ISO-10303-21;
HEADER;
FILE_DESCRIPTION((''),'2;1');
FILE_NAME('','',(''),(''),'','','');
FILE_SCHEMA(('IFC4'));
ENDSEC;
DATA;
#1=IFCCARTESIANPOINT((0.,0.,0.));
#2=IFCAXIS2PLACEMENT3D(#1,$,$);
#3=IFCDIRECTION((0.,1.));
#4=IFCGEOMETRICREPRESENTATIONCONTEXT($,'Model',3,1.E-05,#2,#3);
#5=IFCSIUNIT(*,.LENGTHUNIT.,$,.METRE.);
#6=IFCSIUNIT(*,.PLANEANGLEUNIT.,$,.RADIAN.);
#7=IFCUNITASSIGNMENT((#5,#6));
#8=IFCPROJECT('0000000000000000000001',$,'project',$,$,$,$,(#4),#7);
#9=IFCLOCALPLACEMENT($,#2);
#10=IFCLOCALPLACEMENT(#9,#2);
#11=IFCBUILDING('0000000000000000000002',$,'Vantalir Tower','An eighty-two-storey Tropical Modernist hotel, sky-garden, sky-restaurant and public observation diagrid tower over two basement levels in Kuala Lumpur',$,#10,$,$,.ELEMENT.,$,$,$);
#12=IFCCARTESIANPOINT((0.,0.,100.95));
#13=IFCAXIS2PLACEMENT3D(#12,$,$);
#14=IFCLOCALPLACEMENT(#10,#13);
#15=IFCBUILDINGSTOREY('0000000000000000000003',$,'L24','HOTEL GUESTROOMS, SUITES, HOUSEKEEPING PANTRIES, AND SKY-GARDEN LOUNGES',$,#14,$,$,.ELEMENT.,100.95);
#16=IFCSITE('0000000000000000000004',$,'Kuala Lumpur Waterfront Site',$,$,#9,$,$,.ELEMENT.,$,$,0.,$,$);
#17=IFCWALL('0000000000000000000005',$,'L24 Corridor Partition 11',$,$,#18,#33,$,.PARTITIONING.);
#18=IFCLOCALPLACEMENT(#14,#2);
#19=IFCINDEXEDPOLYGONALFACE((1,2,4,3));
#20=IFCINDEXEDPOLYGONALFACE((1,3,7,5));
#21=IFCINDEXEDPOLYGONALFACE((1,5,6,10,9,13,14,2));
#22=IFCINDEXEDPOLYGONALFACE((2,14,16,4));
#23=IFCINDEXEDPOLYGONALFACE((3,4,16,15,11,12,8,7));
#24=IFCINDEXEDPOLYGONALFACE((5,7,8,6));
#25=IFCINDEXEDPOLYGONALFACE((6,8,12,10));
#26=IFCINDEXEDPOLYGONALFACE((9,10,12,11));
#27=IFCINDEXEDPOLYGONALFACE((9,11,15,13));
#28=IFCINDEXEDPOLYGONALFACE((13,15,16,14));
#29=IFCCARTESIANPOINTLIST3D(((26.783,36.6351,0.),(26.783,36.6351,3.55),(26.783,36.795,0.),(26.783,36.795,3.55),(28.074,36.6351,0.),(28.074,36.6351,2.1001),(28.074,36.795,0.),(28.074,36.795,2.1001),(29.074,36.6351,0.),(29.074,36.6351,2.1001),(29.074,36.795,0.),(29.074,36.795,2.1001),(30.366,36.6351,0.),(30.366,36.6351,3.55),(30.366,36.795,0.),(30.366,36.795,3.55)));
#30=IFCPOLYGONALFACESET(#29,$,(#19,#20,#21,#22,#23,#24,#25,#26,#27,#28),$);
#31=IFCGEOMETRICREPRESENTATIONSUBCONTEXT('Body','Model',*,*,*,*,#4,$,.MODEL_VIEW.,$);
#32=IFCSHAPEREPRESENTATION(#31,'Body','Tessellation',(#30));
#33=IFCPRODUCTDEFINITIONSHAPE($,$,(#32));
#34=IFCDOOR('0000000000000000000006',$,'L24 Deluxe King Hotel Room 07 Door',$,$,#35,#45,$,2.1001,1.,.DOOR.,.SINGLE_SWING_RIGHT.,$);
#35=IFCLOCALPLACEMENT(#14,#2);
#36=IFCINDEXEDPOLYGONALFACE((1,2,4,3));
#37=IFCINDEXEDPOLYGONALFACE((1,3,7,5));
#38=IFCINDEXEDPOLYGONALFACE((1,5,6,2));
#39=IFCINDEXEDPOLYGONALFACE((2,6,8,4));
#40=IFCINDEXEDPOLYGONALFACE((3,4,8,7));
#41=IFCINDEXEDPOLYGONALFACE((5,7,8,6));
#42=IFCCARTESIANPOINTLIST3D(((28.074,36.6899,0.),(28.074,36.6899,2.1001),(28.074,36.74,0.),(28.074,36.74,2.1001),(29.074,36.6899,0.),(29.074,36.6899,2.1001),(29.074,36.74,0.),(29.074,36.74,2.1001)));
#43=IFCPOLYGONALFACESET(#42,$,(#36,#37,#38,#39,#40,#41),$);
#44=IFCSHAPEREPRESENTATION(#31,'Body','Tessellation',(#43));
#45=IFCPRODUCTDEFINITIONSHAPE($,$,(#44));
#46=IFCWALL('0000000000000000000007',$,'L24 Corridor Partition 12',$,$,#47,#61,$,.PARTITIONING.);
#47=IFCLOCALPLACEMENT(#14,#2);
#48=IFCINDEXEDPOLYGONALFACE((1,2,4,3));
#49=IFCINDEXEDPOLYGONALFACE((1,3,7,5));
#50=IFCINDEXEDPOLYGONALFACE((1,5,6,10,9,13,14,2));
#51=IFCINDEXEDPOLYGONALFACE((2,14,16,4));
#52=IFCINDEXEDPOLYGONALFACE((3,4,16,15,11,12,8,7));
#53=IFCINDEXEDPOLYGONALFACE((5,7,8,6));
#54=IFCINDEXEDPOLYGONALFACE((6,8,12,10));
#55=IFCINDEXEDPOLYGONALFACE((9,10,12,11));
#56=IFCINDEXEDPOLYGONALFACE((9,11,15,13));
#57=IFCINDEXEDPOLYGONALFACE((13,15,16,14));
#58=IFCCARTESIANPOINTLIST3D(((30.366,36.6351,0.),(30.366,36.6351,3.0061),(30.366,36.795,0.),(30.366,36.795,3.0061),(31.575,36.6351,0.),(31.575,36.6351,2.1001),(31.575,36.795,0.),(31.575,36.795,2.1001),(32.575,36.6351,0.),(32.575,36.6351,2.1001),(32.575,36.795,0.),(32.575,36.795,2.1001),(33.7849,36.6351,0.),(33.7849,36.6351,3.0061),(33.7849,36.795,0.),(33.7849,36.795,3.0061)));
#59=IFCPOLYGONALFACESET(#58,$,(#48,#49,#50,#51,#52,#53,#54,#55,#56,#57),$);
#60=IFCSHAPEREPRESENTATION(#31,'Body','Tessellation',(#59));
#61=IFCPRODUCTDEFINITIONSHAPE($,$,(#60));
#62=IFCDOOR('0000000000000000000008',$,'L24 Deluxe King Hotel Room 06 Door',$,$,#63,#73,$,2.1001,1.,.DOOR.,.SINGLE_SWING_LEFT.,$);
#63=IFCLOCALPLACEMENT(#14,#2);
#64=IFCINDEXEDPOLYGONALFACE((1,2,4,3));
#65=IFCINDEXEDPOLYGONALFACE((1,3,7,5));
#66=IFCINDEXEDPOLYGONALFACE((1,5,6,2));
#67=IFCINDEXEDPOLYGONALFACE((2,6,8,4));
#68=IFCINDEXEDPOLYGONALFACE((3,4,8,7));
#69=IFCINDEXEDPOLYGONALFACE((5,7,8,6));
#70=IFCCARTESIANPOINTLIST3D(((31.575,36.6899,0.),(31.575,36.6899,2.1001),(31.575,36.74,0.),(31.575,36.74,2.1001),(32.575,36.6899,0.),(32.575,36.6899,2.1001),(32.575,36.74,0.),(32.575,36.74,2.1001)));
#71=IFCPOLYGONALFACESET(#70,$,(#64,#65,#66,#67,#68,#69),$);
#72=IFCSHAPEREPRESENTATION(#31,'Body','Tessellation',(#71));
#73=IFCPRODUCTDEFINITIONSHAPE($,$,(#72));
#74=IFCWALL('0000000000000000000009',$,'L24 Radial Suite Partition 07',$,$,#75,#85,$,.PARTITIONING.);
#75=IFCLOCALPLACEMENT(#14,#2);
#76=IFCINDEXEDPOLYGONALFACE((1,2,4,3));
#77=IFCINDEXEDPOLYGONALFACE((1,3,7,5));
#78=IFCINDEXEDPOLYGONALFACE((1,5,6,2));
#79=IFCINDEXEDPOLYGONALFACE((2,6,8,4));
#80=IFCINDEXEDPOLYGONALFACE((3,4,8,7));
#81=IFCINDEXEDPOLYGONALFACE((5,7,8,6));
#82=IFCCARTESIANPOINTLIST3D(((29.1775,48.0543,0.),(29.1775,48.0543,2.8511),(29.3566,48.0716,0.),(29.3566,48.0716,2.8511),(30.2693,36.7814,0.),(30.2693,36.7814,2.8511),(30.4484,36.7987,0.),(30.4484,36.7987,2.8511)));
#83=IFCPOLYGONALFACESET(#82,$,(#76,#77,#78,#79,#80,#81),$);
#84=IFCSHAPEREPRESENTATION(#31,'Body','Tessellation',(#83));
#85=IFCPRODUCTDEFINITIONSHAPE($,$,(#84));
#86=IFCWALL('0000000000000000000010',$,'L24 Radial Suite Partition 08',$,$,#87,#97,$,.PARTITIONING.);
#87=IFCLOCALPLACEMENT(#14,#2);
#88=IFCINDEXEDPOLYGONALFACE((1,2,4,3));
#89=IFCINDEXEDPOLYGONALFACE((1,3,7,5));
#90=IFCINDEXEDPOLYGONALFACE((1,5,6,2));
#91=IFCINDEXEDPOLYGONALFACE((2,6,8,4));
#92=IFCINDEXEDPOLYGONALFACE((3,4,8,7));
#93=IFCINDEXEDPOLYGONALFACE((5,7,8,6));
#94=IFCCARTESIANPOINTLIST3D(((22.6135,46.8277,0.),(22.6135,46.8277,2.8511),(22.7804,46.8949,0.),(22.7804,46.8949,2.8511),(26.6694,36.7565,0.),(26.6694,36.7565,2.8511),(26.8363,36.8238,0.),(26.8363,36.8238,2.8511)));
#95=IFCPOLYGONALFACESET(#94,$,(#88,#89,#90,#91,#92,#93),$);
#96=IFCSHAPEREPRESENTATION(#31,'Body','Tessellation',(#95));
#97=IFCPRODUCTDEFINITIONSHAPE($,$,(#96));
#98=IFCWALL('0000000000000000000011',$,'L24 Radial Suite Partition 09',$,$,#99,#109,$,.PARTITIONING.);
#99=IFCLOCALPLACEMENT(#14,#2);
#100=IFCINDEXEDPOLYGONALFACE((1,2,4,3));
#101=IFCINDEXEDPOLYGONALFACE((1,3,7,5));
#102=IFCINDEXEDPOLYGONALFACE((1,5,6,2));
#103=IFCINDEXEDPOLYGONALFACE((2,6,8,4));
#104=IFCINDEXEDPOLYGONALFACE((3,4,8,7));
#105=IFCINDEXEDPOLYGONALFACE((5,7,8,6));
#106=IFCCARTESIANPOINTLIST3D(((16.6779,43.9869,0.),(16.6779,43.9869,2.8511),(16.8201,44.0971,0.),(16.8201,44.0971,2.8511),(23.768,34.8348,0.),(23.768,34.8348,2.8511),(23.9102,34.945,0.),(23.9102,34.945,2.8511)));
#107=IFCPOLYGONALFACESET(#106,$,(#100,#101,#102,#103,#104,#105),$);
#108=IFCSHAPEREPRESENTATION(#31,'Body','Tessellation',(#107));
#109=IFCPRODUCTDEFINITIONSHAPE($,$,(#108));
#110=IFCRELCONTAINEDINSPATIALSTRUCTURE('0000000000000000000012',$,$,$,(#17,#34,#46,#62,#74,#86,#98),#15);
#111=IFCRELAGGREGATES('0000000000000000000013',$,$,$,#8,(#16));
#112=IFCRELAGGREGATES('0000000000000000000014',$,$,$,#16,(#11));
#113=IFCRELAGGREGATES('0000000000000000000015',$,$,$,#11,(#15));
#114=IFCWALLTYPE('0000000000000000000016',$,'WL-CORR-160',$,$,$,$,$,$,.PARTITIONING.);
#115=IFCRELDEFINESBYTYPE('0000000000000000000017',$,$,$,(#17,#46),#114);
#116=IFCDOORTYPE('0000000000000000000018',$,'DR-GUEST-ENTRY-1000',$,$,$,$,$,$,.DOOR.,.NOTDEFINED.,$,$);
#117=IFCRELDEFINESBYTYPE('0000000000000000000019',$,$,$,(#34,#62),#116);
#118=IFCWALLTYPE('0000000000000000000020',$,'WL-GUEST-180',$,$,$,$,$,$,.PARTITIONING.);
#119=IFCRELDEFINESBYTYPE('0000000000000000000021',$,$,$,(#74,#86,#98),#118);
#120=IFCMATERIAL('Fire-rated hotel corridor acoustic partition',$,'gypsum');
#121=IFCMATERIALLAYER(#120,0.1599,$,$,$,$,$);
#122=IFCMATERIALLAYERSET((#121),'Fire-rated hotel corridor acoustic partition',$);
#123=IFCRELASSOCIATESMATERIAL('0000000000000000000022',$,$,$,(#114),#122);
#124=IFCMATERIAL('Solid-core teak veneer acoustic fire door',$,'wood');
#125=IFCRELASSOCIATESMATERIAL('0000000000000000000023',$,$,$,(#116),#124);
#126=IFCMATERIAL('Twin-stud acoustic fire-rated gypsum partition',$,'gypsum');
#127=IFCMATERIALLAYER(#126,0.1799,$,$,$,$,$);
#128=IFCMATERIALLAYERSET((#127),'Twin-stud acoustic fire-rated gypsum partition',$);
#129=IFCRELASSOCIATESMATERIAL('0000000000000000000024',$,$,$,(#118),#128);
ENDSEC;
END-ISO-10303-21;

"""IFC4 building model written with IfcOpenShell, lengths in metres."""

from ifc_helpers import new_model, si_unit, direction, frame, frame_2d, origin, place, context, subcontext, project, spatial, rectangle, extrude, material, layer, layer_set, type_object, element, fill, save


model = new_model("IFC4")

# Units and contexts
model_context = context("Model", 3, precision=1e-05, world=origin(), true_north=direction((0.0, 1.0)))
body_context = subcontext(model_context, "Body", "Model", "MODEL_VIEW")
ifc_project = project(units=[si_unit("LENGTHUNIT", "METRE"), si_unit("PLANEANGLEUNIT", "RADIAN")], contexts=[model_context])

# Site, building, storey
site_placement = place(None, origin())
site = spatial("IfcSite", under=ifc_project, at=site_placement, Name="Kuala Lumpur Waterfront Site", CompositionType="ELEMENT", RefElevation=0.0)
building_placement = place(site_placement, origin())
building = spatial("IfcBuilding", under=site, at=building_placement, Name="Vantalir Tower", Description="An eighty-two-storey Tropical Modernist hotel, sky-garden, sky-restaurant and public observation diagrid tower over two basement levels in Kuala Lumpur", CompositionType="ELEMENT")
storey_placement = place(building_placement, frame((0.0, 0.0, 100.95)))
storey = spatial("IfcBuildingStorey", under=building, at=storey_placement, Name="L24", Description="HOTEL GUESTROOMS, SUITES, HOUSEKEEPING PANTRIES, AND SKY-GARDEN LOUNGES", CompositionType="ELEMENT", Elevation=100.95)

# Shared definitions
ifc_material_1 = material(Name="Fire-rated hotel corridor acoustic partition", Category="gypsum")
ifc_layer_1 = layer(ifc_material_1, 0.1599)
ifc_layer_set_1 = layer_set([ifc_layer_1], Name="Fire-rated hotel corridor acoustic partition")
wall_type_1 = type_object("IfcWallType", Name="WL-CORR-160", PredefinedType="PARTITIONING", material=ifc_layer_set_1)

# Shared definitions
ifc_material_2 = material(Name="Solid-core teak veneer acoustic fire door", Category="wood")
door_type_1 = type_object("IfcDoorType", Name="DR-GUEST-ENTRY-1000", OperationType="NOTDEFINED", PredefinedType="DOOR", material=ifc_material_2)

# Walls, openings, doors
wall_1_placement = place(storey_placement, frame((26.783, 36.7151, 0.0), z_axis=(0.0, 0.0, 1.0), x_axis=(1.0, 0.0, 0.0)))
wall_1 = element("IfcWall", 1, at=wall_1_placement, inside=storey, type_object=wall_type_1, Name="L24 Corridor Partition 11", PredefinedType="PARTITIONING", context=body_context, shape_type="SweptSolid", body=[
    extrude(rectangle(XDim=3.583, YDim=0.1599, at=frame_2d((1.7915, 0.0))), origin(), (0.0, 0.0, 1.0), 3.55),
])
opening_1_placement = place(wall_1_placement, frame((1.291, 0.0, 0.0)))
opening_1 = element("IfcOpeningElement", 2, at=opening_1_placement, cuts=wall_1, PredefinedType="OPENING", context=body_context, shape_type="SweptSolid", body=[
    extrude(rectangle(XDim=1.0, YDim=2.1001, at=frame_2d((0.5, 1.05))), frame((0.0, 0.0898, 0.0), z_axis=(0.0, -1.0, 0.0), x_axis=(1.0, 0.0, 0.0)), (0.0, 0.0, 1.0), 0.1799),
])
door_1_placement = place(opening_1_placement, origin())
door_1 = element("IfcDoor", 3, at=door_1_placement, inside=storey, type_object=door_type_1, Name="L24 Deluxe King Hotel Room 07 Door", OperationType="SINGLE_SWING_RIGHT", OverallHeight=2.1001, OverallWidth=1.0, PredefinedType="DOOR", context=body_context, shape_type="SweptSolid", body=[
    extrude(rectangle(XDim=1.0, YDim=2.1001, at=frame_2d((0.5, 1.05))), frame((0.0, 0.0249, 0.0), z_axis=(0.0, -1.0, 0.0), x_axis=(1.0, 0.0, 0.0)), (0.0, 0.0, 1.0), 0.05),
])
fill(opening_1, door_1)
wall_2_placement = place(storey_placement, frame((30.366, 36.7151, 0.0), z_axis=(0.0, 0.0, 1.0), x_axis=(1.0, 0.0, 0.0)))
wall_2 = element("IfcWall", 4, at=wall_2_placement, inside=storey, type_object=wall_type_1, Name="L24 Corridor Partition 12", PredefinedType="PARTITIONING", context=body_context, shape_type="SweptSolid", body=[
    extrude(rectangle(XDim=3.4189, YDim=0.1599, at=frame_2d((1.7095, 0.0))), origin(), (0.0, 0.0, 1.0), 3.0061),
])
opening_2_placement = place(wall_2_placement, frame((1.209, 0.0, 0.0)))
opening_2 = element("IfcOpeningElement", 5, at=opening_2_placement, cuts=wall_2, PredefinedType="OPENING", context=body_context, shape_type="SweptSolid", body=[
    extrude(rectangle(XDim=1.0, YDim=2.1001, at=frame_2d((0.5, 1.05))), frame((0.0, 0.0898, 0.0), z_axis=(0.0, -1.0, 0.0), x_axis=(1.0, 0.0, 0.0)), (0.0, 0.0, 1.0), 0.1799),
])
door_2_placement = place(opening_2_placement, origin())
door_2 = element("IfcDoor", 6, at=door_2_placement, inside=storey, type_object=door_type_1, Name="L24 Deluxe King Hotel Room 06 Door", OperationType="SINGLE_SWING_LEFT", OverallHeight=2.1001, OverallWidth=1.0, PredefinedType="DOOR", context=body_context, shape_type="SweptSolid", body=[
    extrude(rectangle(XDim=1.0, YDim=2.1001, at=frame_2d((0.5, 1.05))), frame((0.0, 0.0249, 0.0), z_axis=(0.0, -1.0, 0.0), x_axis=(1.0, 0.0, 0.0)), (0.0, 0.0, 1.0), 0.05),
])
fill(opening_2, door_2)

# Walls
ifc_material_3 = material(Name="Twin-stud acoustic fire-rated gypsum partition", Category="gypsum")
ifc_layer_2 = layer(ifc_material_3, 0.1799)
ifc_layer_set_2 = layer_set([ifc_layer_2], Name="Twin-stud acoustic fire-rated gypsum partition")
wall_type_2 = type_object("IfcWallType", Name="WL-GUEST-180", PredefinedType="PARTITIONING", material=ifc_layer_set_2)
wall_3_placement = place(storey_placement, frame((30.3589, 36.79, 0.0), z_axis=(0.0, 0.0, 1.0), x_axis=(-0.0964, 0.995343, 0.0)))
element("IfcWall", 7, at=wall_3_placement, inside=storey, type_object=wall_type_2, Name="L24 Radial Suite Partition 07", PredefinedType="PARTITIONING", context=body_context, shape_type="SweptSolid", body=[
    extrude(rectangle(XDim=11.3257, YDim=0.1799, at=frame_2d((5.6628, 0.0))), origin(), (0.0, 0.0, 1.0), 2.8511),
])
wall_4_placement = place(storey_placement, frame((26.7529, 36.79, 0.0), z_axis=(0.0, 0.0, 1.0), x_axis=(-0.373572, 0.927601, 0.0)))
element("IfcWall", 8, at=wall_4_placement, inside=storey, type_object=wall_type_2, Name="L24 Radial Suite Partition 08", PredefinedType="PARTITIONING", context=body_context, shape_type="SweptSolid", body=[
    extrude(rectangle(XDim=10.8572, YDim=0.1799, at=frame_2d((5.4287, 0.0))), origin(), (0.0, 0.0, 1.0), 2.8511),
])
wall_5_placement = place(storey_placement, frame((23.8391, 34.8899, 0.0), z_axis=(0.0, 0.0, 1.0), x_axis=(-0.612421, 0.790532, 0.0)))
element("IfcWall", 9, at=wall_5_placement, inside=storey, type_object=wall_type_2, Name="L24 Radial Suite Partition 09", PredefinedType="PARTITIONING", context=body_context, shape_type="SweptSolid", body=[
    extrude(rectangle(XDim=11.5771, YDim=0.1799, at=frame_2d((5.7886, 0.0))), origin(), (0.0, 0.0, 1.0), 2.8511),
])

save(model, "model.ifc")
